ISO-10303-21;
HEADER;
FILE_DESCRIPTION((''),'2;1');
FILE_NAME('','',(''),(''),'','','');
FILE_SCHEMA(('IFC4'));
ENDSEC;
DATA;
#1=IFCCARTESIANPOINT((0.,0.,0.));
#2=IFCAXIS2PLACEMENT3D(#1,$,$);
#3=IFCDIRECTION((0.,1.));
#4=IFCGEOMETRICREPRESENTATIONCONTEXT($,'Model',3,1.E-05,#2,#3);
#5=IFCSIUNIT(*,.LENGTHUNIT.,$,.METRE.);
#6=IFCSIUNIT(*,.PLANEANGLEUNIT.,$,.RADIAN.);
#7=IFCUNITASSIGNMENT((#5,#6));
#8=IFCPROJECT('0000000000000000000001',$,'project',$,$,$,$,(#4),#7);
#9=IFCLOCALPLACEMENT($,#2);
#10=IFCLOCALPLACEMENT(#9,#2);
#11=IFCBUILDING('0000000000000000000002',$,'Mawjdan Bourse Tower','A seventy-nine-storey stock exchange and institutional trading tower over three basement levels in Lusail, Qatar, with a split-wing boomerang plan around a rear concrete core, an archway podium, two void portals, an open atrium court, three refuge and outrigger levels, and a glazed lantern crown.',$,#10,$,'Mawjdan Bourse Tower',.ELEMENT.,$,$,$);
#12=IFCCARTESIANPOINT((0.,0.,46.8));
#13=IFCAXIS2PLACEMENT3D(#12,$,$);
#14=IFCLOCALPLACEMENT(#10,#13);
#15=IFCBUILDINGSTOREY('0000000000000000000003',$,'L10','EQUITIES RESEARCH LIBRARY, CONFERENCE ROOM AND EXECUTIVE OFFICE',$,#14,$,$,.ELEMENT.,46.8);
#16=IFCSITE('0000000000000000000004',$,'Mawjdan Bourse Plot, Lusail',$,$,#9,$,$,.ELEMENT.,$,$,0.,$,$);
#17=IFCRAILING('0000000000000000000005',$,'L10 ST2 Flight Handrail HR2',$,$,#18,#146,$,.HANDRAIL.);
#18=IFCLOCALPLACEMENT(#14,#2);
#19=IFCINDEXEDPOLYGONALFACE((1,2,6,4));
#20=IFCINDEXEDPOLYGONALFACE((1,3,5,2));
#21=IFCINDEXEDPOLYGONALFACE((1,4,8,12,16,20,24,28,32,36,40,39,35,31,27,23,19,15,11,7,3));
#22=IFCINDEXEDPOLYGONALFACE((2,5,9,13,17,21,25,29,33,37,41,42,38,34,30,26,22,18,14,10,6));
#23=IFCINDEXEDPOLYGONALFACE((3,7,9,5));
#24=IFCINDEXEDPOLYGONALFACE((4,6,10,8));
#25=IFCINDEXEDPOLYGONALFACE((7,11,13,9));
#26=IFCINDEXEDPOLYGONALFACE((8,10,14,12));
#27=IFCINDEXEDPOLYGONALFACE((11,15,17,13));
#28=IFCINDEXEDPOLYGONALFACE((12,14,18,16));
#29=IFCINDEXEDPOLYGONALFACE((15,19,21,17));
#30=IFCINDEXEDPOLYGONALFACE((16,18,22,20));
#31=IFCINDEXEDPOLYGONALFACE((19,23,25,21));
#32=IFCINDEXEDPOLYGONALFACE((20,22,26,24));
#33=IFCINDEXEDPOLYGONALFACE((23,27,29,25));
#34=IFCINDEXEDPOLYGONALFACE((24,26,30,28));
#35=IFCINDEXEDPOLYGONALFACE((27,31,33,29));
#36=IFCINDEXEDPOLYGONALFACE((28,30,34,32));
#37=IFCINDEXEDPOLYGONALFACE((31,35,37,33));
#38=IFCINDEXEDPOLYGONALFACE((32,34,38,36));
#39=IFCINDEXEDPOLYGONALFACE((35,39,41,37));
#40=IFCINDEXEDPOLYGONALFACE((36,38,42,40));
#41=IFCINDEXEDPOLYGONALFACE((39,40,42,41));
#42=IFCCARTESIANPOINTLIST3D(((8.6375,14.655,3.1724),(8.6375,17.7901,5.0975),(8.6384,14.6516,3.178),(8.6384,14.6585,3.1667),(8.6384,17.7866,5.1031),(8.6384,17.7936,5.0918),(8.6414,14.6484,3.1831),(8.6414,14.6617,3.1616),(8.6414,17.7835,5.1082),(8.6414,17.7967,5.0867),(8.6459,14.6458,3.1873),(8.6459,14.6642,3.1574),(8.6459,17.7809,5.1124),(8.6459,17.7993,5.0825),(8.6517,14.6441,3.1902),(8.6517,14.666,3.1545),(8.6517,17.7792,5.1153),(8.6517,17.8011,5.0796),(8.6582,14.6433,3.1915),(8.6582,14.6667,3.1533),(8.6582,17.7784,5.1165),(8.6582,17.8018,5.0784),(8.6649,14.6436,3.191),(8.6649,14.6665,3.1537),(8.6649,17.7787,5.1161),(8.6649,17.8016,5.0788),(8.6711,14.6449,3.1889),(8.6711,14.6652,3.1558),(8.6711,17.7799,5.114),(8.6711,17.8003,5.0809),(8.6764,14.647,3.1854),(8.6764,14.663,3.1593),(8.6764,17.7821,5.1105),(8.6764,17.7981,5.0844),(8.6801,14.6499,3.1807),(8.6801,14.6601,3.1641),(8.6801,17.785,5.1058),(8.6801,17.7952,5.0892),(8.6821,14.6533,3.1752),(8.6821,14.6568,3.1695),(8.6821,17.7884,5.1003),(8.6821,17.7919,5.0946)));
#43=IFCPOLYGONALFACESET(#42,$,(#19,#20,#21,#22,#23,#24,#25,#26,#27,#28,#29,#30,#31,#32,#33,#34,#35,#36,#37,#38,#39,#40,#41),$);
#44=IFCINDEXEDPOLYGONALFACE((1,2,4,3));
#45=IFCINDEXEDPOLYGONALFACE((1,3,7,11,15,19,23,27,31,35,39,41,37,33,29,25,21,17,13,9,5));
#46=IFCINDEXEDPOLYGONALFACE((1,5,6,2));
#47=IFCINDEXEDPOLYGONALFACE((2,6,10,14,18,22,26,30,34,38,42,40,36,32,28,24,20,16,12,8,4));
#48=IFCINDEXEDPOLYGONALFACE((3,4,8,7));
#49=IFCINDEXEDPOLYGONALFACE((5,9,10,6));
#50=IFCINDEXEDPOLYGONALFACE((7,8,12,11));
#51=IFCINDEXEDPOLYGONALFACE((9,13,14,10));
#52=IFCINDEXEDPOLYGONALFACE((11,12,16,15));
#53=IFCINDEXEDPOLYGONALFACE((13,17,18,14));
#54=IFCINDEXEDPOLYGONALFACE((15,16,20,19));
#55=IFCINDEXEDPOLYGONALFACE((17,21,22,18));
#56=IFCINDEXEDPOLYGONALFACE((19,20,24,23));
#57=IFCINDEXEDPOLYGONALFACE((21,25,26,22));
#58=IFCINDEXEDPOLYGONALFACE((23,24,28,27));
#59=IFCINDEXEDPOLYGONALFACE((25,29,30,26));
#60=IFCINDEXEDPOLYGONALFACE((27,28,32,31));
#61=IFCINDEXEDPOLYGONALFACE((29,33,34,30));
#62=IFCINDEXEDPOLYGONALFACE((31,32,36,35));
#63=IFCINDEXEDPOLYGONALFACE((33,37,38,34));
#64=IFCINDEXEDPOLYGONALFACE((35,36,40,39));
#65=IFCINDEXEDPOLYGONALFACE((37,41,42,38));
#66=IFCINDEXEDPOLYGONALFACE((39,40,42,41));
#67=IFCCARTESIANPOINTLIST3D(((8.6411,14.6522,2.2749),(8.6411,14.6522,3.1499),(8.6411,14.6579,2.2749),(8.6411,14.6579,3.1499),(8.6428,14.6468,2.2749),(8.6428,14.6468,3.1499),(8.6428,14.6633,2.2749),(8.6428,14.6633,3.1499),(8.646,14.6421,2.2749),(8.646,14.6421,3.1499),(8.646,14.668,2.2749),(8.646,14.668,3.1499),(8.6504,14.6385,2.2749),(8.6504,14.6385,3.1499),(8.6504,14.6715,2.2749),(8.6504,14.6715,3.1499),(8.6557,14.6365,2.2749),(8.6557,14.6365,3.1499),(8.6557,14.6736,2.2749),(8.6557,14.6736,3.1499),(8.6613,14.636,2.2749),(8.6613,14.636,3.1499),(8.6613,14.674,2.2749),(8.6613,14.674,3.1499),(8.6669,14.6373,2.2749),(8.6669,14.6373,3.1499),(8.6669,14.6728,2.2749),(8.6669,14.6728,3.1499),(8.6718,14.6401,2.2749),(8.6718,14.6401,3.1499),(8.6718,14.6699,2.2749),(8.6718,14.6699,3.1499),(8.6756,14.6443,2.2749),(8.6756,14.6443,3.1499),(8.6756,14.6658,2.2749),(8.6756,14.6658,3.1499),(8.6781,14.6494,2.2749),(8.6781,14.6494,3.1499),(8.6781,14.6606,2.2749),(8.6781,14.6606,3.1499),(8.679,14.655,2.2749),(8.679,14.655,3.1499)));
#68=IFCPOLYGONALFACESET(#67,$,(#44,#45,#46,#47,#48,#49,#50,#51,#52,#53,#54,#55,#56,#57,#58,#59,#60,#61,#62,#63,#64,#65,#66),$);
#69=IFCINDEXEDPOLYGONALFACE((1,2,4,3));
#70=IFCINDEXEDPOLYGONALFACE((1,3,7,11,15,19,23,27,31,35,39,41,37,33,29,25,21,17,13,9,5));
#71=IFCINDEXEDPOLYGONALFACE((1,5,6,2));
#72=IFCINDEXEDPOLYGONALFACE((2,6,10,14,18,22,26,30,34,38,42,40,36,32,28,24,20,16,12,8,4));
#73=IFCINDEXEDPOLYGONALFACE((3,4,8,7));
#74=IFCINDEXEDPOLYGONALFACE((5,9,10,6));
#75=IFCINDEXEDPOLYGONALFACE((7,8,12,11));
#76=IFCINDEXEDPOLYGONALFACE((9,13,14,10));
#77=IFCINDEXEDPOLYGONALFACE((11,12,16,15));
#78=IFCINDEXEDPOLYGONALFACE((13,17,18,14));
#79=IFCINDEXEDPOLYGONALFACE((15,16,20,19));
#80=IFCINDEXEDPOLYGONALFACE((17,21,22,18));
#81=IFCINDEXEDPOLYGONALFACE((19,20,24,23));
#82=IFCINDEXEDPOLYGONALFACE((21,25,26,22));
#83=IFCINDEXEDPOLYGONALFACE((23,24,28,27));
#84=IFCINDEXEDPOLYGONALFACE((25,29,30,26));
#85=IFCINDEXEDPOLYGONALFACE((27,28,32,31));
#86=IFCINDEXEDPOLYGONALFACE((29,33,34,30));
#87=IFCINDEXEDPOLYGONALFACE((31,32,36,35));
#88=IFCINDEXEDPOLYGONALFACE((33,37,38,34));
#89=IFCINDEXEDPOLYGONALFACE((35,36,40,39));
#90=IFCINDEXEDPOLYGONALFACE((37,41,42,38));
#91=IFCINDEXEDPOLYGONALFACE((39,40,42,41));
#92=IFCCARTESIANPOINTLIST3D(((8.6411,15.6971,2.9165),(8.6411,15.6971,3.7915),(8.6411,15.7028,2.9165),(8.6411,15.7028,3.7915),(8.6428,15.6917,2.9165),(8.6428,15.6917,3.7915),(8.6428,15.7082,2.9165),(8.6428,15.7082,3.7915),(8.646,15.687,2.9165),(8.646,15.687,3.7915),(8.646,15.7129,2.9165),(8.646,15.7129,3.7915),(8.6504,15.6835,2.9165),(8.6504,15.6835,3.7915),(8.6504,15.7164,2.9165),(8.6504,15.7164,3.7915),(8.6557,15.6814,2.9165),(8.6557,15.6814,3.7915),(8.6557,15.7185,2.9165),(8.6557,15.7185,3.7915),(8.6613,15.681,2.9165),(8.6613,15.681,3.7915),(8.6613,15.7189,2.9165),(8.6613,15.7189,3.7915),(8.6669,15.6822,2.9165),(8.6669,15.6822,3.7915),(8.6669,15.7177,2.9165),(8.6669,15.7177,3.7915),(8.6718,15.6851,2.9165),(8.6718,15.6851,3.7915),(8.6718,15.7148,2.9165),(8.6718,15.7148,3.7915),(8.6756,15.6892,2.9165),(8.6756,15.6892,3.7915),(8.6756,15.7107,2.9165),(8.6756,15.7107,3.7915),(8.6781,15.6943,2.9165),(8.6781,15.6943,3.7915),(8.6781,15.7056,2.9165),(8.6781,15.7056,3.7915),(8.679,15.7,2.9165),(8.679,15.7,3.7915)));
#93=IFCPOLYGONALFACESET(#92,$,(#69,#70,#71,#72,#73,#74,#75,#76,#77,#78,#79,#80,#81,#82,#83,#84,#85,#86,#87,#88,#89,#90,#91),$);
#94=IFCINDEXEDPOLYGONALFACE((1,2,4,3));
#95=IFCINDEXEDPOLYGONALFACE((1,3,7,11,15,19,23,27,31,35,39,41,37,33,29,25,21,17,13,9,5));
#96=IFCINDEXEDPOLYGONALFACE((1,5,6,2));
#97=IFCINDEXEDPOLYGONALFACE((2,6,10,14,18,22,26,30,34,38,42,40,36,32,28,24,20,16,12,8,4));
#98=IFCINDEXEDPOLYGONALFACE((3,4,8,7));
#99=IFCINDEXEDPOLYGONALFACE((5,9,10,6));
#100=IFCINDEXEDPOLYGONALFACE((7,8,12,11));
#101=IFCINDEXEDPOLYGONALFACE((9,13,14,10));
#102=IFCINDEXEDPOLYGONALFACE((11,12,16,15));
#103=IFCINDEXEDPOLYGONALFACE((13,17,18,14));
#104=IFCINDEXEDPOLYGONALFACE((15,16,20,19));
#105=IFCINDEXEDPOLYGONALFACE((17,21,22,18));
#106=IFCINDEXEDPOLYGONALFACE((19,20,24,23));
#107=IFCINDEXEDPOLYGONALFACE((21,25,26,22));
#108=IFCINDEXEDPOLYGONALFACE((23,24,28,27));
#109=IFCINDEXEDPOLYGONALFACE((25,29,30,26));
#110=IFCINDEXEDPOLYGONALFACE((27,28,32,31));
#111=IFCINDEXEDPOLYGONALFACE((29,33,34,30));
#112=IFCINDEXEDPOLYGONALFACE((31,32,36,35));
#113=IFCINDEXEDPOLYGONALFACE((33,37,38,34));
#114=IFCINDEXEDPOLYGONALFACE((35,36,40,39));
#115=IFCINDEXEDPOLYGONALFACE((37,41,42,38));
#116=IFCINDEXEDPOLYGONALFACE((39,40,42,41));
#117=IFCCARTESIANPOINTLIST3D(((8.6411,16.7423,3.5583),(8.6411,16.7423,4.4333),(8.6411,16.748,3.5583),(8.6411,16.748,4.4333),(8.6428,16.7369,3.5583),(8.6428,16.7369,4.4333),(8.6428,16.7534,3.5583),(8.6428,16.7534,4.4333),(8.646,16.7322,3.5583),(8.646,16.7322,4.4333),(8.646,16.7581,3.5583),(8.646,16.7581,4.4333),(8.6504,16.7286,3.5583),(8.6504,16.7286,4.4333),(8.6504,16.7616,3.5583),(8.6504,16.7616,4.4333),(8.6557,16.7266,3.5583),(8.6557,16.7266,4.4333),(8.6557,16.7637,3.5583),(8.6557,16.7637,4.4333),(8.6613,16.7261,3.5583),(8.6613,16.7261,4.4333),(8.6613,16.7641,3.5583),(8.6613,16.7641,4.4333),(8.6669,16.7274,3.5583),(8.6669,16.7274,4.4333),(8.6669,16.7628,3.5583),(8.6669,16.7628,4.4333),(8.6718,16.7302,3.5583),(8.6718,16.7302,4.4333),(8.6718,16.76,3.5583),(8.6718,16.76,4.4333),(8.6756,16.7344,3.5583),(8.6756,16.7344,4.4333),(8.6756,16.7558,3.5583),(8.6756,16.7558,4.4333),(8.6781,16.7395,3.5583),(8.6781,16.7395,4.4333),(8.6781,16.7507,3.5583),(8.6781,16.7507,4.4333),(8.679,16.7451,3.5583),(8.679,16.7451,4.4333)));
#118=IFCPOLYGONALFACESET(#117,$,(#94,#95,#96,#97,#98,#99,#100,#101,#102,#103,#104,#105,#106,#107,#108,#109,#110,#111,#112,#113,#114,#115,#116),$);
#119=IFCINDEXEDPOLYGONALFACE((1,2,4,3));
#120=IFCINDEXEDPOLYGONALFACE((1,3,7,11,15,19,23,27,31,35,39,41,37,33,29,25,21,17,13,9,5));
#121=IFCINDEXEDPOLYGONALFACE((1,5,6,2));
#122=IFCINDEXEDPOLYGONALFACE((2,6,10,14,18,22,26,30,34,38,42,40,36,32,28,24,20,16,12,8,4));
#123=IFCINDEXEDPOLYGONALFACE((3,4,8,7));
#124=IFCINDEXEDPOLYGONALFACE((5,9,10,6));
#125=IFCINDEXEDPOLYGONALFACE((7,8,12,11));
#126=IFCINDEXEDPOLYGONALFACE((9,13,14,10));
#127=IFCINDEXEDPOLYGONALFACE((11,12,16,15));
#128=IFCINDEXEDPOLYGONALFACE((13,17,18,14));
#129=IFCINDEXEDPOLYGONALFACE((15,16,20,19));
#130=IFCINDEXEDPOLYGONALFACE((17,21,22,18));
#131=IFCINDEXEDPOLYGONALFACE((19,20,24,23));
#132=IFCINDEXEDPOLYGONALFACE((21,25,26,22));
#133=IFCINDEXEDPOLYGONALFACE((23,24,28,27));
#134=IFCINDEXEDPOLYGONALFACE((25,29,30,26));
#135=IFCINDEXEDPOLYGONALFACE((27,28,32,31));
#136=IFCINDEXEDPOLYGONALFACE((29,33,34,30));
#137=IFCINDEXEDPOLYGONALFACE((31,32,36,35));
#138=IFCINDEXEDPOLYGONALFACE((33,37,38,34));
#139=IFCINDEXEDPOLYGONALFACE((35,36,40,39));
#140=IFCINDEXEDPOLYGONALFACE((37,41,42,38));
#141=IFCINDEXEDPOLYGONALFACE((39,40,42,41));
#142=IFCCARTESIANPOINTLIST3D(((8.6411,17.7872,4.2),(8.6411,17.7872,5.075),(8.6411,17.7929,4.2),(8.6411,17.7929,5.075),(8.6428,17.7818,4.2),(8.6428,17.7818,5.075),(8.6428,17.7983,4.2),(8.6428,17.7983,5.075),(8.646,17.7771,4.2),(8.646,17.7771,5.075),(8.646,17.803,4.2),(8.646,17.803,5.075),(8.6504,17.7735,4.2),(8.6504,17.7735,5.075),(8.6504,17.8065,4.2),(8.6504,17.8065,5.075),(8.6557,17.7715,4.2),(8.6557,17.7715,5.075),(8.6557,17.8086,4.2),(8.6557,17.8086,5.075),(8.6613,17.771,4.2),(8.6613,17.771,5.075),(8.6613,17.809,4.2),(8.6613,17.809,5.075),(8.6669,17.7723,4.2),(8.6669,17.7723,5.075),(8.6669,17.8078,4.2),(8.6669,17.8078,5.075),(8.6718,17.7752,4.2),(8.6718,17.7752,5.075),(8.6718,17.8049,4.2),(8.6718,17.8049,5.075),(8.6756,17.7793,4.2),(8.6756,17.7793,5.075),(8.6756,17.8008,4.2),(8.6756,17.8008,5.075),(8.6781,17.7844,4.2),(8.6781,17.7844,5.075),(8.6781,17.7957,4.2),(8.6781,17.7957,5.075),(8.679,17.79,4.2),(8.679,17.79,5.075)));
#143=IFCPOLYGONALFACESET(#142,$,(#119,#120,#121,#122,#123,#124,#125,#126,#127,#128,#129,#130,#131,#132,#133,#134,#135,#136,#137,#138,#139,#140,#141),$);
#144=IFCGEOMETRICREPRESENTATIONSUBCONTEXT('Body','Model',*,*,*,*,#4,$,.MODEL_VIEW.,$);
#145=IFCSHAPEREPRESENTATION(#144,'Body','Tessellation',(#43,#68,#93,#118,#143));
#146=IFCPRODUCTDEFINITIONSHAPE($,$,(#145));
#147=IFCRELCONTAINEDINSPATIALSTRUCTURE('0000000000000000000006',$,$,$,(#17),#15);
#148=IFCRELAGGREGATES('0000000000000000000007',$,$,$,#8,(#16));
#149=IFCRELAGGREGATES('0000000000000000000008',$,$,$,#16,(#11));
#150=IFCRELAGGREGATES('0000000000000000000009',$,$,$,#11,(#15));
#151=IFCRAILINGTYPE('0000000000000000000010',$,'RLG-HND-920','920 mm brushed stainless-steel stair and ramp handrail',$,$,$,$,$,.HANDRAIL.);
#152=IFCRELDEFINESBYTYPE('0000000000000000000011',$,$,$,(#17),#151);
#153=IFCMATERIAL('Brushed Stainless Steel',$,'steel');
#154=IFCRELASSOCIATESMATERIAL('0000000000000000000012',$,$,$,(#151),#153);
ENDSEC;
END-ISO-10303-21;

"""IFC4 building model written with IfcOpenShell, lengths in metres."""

from ifc_helpers import new_model, si_unit, direction, frame, origin, origin_2d, place, context, subcontext, project, spatial, circle, extrude, material, type_object, element, save


model = new_model("IFC4")

# Units and contexts
model_context = context("Model", 3, precision=1e-05, world=origin(), true_north=direction((0.0, 1.0)))
body_context = subcontext(model_context, "Body", "Model", "MODEL_VIEW")
ifc_project = project(units=[si_unit("LENGTHUNIT", "METRE"), si_unit("PLANEANGLEUNIT", "RADIAN")], contexts=[model_context])

# Site, building, storey
site_placement = place(None, origin())
site = spatial("IfcSite", under=ifc_project, at=site_placement, Name="Mawjdan Bourse Plot, Lusail", CompositionType="ELEMENT", RefElevation=0.0)
building_placement = place(site_placement, origin())
building = spatial("IfcBuilding", under=site, at=building_placement, Name="Mawjdan Bourse Tower", Description="A seventy-nine-storey stock exchange and institutional trading tower over three basement levels in Lusail, Qatar, with a split-wing boomerang plan around a rear concrete core, an archway podium, two void portals, an open atrium court, three refuge and outrigger levels, and a glazed lantern crown.", LongName="Mawjdan Bourse Tower", CompositionType="ELEMENT")
storey_placement = place(building_placement, frame((0.0, 0.0, 46.8)))
storey = spatial("IfcBuildingStorey", under=building, at=storey_placement, Name="L10", Description="EQUITIES RESEARCH LIBRARY, CONFERENCE ROOM AND EXECUTIVE OFFICE", CompositionType="ELEMENT", Elevation=46.8)

# Shared definitions
ifc_material_1 = material(Name="Brushed Stainless Steel", Category="steel")

# Railing
railing_type_1 = type_object("IfcRailingType", Name="RLG-HND-920", Description="920 mm brushed stainless-steel stair and ramp handrail", PredefinedType="HANDRAIL", material=ifc_material_1)
railing_1_placement = place(storey_placement, frame((8.6599, 14.655, 2.2749)))
element("IfcRailing", 1, at=railing_1_placement, inside=storey, type_object=railing_type_1, Name="L10 ST2 Flight Handrail HR2", PredefinedType="HANDRAIL", context=body_context, shape_type="SweptSolid", body=[
    extrude(circle(Radius=0.0225, at=origin_2d()), frame((0.0, 0.0, 0.8975), z_axis=(0.0, 0.852166, 0.523271), x_axis=(-1.0, 0.0, 0.0)), (0.0, 0.0, 1.0), 3.679),
    extrude(circle(Radius=0.019, at=origin_2d()), origin(), (0.0, 0.0, 1.0), 0.875),
    extrude(circle(Radius=0.019, at=origin_2d()), frame((0.0, 1.0449, 0.6416)), (0.0, 0.0, 1.0), 0.875),
    extrude(circle(Radius=0.019, at=origin_2d()), frame((0.0, 2.0901, 1.2834)), (0.0, 0.0, 1.0), 0.875),
    extrude(circle(Radius=0.019, at=origin_2d()), frame((0.0, 3.135, 1.925)), (0.0, 0.0, 1.0), 0.875),
])

save(model, "model.ifc")
